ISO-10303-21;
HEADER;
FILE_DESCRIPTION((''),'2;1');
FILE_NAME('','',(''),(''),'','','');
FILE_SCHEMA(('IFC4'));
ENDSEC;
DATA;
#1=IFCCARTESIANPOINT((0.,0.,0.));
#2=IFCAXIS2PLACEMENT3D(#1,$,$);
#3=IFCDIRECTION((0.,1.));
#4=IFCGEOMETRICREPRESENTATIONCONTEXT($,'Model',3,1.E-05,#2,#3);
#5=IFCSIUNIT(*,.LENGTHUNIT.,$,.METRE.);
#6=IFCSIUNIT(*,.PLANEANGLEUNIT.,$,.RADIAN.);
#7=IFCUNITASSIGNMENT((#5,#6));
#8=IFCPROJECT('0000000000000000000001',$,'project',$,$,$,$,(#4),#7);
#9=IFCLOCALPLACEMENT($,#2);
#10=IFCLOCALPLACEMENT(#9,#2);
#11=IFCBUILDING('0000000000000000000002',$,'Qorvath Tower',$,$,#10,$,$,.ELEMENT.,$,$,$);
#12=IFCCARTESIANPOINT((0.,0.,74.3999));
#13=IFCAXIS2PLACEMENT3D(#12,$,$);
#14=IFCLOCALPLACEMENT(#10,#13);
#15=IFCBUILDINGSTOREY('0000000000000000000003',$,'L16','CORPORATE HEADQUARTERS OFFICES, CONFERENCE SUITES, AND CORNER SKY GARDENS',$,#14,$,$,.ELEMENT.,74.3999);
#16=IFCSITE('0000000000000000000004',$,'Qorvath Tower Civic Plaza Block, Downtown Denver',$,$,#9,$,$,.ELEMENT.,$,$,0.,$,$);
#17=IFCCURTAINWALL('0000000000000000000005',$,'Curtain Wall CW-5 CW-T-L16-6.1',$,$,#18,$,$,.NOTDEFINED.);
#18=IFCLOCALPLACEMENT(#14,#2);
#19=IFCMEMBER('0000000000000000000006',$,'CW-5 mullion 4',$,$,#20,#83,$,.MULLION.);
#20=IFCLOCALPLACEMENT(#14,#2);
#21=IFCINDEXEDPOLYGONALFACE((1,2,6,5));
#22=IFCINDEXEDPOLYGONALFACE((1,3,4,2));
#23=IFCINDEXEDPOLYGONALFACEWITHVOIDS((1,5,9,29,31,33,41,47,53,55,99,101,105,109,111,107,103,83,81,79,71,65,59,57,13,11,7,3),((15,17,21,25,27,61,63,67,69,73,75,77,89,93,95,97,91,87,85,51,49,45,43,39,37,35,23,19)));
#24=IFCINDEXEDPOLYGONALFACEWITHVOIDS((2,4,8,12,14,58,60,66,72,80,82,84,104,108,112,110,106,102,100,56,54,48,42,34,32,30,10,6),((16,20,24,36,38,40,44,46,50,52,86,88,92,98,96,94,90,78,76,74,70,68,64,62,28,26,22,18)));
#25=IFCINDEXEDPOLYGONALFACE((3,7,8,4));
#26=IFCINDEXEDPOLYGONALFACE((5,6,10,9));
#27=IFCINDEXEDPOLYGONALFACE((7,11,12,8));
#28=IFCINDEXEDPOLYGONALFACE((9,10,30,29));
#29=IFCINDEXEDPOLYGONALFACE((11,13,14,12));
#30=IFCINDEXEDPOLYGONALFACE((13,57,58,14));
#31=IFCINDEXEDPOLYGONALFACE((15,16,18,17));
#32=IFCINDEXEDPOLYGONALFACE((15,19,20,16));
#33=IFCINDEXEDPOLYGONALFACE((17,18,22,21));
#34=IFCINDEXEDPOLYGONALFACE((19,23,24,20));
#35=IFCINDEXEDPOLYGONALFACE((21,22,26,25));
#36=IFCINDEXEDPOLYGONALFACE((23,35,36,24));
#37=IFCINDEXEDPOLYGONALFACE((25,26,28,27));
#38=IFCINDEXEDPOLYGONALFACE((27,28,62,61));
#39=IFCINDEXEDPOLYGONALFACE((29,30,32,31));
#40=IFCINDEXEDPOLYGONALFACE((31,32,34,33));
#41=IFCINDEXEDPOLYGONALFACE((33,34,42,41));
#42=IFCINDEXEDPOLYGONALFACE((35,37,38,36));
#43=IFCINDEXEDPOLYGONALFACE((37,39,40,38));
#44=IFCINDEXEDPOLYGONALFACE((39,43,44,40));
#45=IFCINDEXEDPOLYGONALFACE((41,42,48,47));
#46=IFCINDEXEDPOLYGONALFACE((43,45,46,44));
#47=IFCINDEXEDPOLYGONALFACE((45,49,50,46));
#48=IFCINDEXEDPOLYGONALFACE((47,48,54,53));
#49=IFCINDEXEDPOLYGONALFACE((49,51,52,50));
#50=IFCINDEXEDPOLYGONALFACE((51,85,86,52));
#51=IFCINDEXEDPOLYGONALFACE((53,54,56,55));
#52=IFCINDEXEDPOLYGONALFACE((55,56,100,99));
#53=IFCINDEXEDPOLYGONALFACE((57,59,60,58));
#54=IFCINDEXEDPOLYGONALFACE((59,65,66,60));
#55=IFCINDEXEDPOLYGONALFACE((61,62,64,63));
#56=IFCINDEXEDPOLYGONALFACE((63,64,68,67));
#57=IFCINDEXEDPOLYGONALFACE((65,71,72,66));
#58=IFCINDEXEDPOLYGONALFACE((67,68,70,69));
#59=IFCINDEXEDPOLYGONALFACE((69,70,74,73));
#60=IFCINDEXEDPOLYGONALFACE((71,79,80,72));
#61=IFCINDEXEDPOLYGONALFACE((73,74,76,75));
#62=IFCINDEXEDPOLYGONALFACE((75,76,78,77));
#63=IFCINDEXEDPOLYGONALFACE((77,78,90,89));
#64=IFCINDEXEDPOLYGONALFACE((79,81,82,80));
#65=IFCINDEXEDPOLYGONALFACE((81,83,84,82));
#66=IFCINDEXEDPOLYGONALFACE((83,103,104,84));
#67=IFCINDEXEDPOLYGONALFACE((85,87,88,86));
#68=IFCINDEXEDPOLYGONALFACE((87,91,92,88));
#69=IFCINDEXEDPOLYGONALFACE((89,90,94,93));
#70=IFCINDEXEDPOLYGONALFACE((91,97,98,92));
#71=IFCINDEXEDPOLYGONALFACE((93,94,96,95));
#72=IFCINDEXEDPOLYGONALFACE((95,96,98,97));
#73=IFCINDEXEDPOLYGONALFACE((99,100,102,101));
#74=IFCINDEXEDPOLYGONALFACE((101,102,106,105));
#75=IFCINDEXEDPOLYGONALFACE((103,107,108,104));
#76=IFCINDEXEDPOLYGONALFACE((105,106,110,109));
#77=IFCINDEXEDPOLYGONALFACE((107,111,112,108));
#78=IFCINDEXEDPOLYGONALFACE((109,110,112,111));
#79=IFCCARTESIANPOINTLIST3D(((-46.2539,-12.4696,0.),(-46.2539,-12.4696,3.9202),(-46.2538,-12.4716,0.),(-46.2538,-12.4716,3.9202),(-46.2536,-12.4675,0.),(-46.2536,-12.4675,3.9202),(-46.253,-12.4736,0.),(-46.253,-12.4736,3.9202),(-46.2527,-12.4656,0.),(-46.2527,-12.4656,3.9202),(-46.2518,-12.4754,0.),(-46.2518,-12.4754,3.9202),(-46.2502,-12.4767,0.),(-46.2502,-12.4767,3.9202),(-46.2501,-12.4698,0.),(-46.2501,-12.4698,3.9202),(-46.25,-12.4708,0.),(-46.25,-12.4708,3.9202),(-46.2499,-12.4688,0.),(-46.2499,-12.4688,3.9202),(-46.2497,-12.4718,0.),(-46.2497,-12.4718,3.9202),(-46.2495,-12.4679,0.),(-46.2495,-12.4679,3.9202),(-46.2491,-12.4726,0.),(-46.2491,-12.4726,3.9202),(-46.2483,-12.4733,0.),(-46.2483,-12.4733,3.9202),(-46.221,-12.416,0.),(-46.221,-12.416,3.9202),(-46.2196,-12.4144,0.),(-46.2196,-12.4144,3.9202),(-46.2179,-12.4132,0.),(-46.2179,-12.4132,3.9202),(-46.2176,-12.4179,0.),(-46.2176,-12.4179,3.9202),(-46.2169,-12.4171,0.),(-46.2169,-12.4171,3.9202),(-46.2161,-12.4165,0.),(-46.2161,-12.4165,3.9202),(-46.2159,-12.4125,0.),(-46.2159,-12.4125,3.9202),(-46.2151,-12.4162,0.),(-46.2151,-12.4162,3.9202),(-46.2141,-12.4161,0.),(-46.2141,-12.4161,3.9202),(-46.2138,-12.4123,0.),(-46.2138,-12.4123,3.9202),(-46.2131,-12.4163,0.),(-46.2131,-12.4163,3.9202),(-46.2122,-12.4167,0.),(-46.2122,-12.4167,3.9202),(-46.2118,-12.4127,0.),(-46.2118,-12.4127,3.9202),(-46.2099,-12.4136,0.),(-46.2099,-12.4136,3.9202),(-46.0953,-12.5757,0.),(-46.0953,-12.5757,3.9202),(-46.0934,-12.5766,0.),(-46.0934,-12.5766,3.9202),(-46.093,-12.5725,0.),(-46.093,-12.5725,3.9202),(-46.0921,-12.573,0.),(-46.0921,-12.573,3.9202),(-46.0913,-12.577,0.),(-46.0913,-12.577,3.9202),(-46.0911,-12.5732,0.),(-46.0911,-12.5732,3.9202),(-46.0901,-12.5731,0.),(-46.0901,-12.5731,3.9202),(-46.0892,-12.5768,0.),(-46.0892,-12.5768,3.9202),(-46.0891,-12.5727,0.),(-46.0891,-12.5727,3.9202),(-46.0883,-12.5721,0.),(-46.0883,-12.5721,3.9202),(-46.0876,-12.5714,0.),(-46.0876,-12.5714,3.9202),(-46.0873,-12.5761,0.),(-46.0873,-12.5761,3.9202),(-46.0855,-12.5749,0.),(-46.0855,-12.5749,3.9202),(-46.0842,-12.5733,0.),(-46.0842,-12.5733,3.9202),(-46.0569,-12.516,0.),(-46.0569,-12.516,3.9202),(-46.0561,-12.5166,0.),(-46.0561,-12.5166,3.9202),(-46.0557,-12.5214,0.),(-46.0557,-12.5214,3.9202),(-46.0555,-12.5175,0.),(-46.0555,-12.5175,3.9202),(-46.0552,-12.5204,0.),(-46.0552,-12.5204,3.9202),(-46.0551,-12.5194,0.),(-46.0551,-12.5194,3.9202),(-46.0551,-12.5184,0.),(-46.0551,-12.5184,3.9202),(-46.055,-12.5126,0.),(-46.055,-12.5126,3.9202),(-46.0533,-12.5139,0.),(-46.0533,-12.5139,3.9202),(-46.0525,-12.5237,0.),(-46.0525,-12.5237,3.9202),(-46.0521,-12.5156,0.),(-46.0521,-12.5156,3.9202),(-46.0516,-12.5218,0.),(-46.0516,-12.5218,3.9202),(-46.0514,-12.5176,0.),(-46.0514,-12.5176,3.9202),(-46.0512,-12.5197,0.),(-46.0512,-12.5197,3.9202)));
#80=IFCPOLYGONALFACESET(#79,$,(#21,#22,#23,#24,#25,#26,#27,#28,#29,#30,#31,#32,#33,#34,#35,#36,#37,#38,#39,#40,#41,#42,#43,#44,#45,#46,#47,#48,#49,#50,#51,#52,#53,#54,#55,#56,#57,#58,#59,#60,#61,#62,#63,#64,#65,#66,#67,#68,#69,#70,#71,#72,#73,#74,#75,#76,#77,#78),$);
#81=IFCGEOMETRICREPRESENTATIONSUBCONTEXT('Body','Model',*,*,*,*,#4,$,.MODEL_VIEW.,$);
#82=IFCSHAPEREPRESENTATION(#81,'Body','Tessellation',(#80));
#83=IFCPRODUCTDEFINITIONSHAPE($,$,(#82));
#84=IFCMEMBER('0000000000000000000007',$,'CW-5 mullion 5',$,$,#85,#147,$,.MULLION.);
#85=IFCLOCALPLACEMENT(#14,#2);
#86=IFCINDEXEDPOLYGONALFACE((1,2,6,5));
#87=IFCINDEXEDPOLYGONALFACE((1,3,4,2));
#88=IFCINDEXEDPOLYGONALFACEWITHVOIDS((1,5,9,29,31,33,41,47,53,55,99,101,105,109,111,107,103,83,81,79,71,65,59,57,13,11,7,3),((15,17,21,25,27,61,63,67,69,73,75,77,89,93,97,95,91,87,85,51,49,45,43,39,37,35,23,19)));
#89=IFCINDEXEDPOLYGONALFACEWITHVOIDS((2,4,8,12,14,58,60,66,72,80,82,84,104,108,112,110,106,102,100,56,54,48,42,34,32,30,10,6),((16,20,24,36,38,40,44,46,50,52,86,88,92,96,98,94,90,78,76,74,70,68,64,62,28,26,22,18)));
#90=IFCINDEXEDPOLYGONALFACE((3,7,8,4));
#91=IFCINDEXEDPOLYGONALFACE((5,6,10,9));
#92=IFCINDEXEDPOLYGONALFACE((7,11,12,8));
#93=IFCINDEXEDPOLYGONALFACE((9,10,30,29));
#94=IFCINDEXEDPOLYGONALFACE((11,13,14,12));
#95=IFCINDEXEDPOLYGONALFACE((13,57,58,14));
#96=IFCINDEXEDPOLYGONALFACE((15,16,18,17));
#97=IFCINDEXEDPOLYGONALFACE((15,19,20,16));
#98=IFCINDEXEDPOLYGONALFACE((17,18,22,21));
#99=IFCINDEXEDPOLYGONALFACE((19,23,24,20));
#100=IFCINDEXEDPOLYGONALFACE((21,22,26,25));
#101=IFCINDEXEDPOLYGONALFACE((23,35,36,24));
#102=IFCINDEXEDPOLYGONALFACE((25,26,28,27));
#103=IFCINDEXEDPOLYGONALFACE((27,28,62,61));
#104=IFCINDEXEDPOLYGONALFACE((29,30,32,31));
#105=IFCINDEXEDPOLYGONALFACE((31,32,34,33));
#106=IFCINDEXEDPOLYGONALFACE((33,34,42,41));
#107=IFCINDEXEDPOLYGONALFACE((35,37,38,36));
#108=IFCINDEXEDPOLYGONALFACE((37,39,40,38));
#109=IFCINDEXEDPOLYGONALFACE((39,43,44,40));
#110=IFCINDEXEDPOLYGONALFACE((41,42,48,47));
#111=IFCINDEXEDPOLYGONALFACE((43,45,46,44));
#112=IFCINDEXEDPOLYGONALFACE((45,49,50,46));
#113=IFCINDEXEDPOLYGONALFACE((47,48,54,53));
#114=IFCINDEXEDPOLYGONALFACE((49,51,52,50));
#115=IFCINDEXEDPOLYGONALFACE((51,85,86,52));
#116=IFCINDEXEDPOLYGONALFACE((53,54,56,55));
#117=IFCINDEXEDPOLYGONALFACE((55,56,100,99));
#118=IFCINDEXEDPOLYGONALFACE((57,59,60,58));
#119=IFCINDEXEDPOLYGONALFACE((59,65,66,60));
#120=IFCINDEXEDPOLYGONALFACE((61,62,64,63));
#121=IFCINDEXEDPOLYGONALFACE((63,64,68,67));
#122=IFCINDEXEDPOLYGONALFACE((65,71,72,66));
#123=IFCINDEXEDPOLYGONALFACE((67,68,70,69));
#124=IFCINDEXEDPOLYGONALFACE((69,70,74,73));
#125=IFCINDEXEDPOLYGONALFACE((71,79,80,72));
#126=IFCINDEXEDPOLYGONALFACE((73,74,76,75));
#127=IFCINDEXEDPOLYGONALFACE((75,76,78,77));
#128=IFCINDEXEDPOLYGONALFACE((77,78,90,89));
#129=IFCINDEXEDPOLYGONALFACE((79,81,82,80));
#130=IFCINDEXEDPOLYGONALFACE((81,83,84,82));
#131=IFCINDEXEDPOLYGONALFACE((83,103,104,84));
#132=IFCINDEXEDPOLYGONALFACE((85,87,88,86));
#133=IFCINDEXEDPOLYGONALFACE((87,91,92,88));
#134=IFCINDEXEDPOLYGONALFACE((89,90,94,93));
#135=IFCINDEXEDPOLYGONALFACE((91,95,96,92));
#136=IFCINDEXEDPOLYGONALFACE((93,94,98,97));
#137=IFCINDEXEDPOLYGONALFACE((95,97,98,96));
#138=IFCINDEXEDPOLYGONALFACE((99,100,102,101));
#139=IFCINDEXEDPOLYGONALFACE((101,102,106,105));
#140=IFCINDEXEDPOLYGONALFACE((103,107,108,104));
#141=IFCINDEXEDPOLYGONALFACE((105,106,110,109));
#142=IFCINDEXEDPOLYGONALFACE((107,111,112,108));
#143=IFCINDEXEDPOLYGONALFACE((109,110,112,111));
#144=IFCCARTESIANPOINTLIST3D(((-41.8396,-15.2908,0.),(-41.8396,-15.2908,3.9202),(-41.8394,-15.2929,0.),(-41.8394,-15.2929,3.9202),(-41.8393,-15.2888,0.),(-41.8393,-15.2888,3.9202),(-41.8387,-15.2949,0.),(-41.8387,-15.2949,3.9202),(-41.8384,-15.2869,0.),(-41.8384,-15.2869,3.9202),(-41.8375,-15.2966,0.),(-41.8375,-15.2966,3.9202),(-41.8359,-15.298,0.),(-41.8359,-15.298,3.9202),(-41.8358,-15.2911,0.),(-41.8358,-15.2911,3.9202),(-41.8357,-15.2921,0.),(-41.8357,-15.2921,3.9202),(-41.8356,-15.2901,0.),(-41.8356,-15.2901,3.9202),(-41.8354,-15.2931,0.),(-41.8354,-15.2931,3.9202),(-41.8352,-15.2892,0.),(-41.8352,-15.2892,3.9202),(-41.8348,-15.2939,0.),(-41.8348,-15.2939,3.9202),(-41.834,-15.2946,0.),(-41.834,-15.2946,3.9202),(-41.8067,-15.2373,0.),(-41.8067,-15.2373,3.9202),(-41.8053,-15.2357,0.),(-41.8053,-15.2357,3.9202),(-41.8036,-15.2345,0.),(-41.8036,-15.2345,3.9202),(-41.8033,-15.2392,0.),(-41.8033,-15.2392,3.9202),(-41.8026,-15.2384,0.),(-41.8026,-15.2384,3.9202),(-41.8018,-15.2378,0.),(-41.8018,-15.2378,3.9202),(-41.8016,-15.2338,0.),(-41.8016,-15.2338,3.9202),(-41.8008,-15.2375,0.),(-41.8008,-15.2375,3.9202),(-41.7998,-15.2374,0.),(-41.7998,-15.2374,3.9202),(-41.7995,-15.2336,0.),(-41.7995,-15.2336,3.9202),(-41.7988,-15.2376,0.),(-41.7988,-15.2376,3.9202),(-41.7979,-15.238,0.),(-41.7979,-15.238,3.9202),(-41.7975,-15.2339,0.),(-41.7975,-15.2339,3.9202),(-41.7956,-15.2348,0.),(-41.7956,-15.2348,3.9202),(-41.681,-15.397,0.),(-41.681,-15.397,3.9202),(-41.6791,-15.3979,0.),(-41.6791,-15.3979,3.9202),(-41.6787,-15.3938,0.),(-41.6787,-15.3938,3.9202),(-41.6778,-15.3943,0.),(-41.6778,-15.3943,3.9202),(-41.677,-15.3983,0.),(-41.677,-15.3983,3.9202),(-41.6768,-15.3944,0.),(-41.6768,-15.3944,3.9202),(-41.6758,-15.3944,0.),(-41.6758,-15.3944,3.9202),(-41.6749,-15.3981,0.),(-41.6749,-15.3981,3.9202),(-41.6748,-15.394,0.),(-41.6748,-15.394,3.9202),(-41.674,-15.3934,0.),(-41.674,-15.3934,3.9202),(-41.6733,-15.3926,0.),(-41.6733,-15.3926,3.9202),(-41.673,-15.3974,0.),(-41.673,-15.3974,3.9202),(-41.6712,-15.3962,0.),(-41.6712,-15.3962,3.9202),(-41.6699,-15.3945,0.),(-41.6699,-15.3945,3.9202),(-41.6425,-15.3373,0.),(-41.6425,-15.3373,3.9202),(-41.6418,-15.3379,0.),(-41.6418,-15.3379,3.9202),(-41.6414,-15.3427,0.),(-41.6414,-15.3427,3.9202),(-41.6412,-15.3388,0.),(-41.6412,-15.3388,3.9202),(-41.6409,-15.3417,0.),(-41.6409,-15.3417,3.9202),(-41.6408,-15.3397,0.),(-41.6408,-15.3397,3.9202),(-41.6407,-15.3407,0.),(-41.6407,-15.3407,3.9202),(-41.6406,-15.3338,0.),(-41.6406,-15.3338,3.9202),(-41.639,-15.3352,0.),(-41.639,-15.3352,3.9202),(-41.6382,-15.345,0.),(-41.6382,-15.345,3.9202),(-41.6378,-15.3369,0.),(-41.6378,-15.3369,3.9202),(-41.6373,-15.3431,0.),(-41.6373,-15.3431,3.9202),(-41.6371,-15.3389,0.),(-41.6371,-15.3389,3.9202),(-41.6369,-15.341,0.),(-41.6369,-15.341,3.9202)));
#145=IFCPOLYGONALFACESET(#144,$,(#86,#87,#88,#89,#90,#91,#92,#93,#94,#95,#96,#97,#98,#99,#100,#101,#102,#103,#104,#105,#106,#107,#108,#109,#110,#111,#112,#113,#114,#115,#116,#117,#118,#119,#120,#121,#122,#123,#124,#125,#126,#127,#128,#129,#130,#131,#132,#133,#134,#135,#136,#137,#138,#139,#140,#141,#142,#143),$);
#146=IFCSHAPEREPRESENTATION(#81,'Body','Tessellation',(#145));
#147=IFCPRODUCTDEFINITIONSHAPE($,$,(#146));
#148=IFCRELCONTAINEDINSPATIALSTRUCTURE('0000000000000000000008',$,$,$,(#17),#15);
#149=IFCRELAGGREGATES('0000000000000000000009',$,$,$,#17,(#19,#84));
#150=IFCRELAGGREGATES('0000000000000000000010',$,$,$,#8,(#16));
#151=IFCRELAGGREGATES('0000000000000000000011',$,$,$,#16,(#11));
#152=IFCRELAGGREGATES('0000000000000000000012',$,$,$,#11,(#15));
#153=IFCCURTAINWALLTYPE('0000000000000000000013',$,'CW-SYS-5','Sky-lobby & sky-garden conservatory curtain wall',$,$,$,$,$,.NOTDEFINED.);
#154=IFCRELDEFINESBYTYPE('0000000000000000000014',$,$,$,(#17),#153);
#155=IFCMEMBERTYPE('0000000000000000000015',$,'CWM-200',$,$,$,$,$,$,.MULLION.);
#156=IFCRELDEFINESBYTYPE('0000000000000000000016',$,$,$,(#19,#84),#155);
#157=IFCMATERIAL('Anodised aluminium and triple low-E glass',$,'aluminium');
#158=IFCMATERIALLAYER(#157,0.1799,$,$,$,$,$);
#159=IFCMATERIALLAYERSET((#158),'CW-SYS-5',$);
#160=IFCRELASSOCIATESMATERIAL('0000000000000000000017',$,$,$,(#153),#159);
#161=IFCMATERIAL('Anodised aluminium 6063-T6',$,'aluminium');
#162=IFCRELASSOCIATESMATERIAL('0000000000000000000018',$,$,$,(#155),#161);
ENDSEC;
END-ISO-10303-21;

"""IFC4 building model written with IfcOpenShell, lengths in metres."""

from ifc_helpers import new_model, si_unit, direction, frame, origin, origin_2d, place, context, subcontext, project, spatial, hollow_rectangle, extrude, material, layer, layer_set, material_profile, profile_set, type_object, element, aggregate, save


model = new_model("IFC4")

# Units and contexts
model_context = context("Model", 3, precision=1e-05, world=origin(), true_north=direction((0.0, 1.0)))
body_context = subcontext(model_context, "Body", "Model", "MODEL_VIEW")
ifc_project = project(units=[si_unit("LENGTHUNIT", "METRE"), si_unit("PLANEANGLEUNIT", "RADIAN")], contexts=[model_context])

# Site, building, storey
site_placement = place(None, origin())
site = spatial("IfcSite", under=ifc_project, at=site_placement, Name="Qorvath Tower Civic Plaza Block, Downtown Denver", CompositionType="ELEMENT", RefElevation=0.0)
building_placement = place(site_placement, origin())
building = spatial("IfcBuilding", under=site, at=building_placement, Name="Qorvath Tower", CompositionType="ELEMENT")
storey_placement = place(building_placement, frame((0.0, 0.0, 74.3999)))
storey = spatial("IfcBuildingStorey", under=building, at=storey_placement, Name="L16", Description="CORPORATE HEADQUARTERS OFFICES, CONFERENCE SUITES, AND CORNER SKY GARDENS", CompositionType="ELEMENT", Elevation=74.3999)

# Shared definitions
ifc_material_1 = material(Name="Anodised aluminium and triple low-E glass", Category="aluminium")
ifc_layer_1 = layer(ifc_material_1, 0.1799)
ifc_layer_set_1 = layer_set([ifc_layer_1], Name="CW-SYS-5")
curtain_wall_type = type_object("IfcCurtainWallType", Name="CW-SYS-5", Description="Sky-lobby & sky-garden conservatory curtain wall", PredefinedType="NOTDEFINED", material=ifc_layer_set_1)
ifc_material_2 = material(Name="Anodised aluminium 6063-T6", Category="aluminium")
ifc_material_profile_1 = material_profile(ifc_material_2, hollow_rectangle(XDim=0.075, YDim=0.2, WallThickness=0.0039, InnerFilletRadius=0.0039, OuterFilletRadius=0.0081, at=origin_2d()), Name="CWM 200x75")
ifc_profile_set_1 = profile_set([ifc_material_profile_1], Name="Anodised aluminium 6063-T6")
member_type_1 = type_object("IfcMemberType", Name="CWM-200", PredefinedType="MULLION", material=ifc_profile_set_1)

# Curtain wall, members
curtain_wall_1_placement = place(storey_placement, origin())
curtain_wall_1 = element("IfcCurtainWall", 1, at=curtain_wall_1_placement, inside=storey, type_object=curtain_wall_type, Name="Curtain Wall CW-5 CW-T-L16-6.1", PredefinedType="NOTDEFINED")
member_1_placement = place(storey_placement, frame((-46.1526, -12.4946, 0.0), z_axis=(0.0, 0.0, 1.0), x_axis=(0.538533, 0.842604, 0.0)))
member_1 = element("IfcMember", 2, at=member_1_placement, type_object=member_type_1, Name="CW-5 mullion 4", PredefinedType="MULLION", context=body_context, shape_type="SweptSolid", body=[
    extrude(hollow_rectangle(XDim=0.075, YDim=0.2, WallThickness=0.0039, InnerFilletRadius=0.0039, OuterFilletRadius=0.0081, at=origin_2d()), origin(), (0.0, 0.0, 1.0), 3.9202),
])
member_2_placement = place(storey_placement, frame((-41.7383, -15.3159, 0.0), z_axis=(0.0, 0.0, 1.0), x_axis=(0.538533, 0.842604, 0.0)))
member_2 = element("IfcMember", 3, at=member_2_placement, type_object=member_type_1, Name="CW-5 mullion 5", PredefinedType="MULLION", context=body_context, shape_type="SweptSolid", body=[
    extrude(hollow_rectangle(XDim=0.075, YDim=0.2, WallThickness=0.0039, InnerFilletRadius=0.0039, OuterFilletRadius=0.0081, at=origin_2d()), origin(), (0.0, 0.0, 1.0), 3.9202),
])

aggregate(curtain_wall_1, [member_1, member_2])

save(model, "model.ifc")
